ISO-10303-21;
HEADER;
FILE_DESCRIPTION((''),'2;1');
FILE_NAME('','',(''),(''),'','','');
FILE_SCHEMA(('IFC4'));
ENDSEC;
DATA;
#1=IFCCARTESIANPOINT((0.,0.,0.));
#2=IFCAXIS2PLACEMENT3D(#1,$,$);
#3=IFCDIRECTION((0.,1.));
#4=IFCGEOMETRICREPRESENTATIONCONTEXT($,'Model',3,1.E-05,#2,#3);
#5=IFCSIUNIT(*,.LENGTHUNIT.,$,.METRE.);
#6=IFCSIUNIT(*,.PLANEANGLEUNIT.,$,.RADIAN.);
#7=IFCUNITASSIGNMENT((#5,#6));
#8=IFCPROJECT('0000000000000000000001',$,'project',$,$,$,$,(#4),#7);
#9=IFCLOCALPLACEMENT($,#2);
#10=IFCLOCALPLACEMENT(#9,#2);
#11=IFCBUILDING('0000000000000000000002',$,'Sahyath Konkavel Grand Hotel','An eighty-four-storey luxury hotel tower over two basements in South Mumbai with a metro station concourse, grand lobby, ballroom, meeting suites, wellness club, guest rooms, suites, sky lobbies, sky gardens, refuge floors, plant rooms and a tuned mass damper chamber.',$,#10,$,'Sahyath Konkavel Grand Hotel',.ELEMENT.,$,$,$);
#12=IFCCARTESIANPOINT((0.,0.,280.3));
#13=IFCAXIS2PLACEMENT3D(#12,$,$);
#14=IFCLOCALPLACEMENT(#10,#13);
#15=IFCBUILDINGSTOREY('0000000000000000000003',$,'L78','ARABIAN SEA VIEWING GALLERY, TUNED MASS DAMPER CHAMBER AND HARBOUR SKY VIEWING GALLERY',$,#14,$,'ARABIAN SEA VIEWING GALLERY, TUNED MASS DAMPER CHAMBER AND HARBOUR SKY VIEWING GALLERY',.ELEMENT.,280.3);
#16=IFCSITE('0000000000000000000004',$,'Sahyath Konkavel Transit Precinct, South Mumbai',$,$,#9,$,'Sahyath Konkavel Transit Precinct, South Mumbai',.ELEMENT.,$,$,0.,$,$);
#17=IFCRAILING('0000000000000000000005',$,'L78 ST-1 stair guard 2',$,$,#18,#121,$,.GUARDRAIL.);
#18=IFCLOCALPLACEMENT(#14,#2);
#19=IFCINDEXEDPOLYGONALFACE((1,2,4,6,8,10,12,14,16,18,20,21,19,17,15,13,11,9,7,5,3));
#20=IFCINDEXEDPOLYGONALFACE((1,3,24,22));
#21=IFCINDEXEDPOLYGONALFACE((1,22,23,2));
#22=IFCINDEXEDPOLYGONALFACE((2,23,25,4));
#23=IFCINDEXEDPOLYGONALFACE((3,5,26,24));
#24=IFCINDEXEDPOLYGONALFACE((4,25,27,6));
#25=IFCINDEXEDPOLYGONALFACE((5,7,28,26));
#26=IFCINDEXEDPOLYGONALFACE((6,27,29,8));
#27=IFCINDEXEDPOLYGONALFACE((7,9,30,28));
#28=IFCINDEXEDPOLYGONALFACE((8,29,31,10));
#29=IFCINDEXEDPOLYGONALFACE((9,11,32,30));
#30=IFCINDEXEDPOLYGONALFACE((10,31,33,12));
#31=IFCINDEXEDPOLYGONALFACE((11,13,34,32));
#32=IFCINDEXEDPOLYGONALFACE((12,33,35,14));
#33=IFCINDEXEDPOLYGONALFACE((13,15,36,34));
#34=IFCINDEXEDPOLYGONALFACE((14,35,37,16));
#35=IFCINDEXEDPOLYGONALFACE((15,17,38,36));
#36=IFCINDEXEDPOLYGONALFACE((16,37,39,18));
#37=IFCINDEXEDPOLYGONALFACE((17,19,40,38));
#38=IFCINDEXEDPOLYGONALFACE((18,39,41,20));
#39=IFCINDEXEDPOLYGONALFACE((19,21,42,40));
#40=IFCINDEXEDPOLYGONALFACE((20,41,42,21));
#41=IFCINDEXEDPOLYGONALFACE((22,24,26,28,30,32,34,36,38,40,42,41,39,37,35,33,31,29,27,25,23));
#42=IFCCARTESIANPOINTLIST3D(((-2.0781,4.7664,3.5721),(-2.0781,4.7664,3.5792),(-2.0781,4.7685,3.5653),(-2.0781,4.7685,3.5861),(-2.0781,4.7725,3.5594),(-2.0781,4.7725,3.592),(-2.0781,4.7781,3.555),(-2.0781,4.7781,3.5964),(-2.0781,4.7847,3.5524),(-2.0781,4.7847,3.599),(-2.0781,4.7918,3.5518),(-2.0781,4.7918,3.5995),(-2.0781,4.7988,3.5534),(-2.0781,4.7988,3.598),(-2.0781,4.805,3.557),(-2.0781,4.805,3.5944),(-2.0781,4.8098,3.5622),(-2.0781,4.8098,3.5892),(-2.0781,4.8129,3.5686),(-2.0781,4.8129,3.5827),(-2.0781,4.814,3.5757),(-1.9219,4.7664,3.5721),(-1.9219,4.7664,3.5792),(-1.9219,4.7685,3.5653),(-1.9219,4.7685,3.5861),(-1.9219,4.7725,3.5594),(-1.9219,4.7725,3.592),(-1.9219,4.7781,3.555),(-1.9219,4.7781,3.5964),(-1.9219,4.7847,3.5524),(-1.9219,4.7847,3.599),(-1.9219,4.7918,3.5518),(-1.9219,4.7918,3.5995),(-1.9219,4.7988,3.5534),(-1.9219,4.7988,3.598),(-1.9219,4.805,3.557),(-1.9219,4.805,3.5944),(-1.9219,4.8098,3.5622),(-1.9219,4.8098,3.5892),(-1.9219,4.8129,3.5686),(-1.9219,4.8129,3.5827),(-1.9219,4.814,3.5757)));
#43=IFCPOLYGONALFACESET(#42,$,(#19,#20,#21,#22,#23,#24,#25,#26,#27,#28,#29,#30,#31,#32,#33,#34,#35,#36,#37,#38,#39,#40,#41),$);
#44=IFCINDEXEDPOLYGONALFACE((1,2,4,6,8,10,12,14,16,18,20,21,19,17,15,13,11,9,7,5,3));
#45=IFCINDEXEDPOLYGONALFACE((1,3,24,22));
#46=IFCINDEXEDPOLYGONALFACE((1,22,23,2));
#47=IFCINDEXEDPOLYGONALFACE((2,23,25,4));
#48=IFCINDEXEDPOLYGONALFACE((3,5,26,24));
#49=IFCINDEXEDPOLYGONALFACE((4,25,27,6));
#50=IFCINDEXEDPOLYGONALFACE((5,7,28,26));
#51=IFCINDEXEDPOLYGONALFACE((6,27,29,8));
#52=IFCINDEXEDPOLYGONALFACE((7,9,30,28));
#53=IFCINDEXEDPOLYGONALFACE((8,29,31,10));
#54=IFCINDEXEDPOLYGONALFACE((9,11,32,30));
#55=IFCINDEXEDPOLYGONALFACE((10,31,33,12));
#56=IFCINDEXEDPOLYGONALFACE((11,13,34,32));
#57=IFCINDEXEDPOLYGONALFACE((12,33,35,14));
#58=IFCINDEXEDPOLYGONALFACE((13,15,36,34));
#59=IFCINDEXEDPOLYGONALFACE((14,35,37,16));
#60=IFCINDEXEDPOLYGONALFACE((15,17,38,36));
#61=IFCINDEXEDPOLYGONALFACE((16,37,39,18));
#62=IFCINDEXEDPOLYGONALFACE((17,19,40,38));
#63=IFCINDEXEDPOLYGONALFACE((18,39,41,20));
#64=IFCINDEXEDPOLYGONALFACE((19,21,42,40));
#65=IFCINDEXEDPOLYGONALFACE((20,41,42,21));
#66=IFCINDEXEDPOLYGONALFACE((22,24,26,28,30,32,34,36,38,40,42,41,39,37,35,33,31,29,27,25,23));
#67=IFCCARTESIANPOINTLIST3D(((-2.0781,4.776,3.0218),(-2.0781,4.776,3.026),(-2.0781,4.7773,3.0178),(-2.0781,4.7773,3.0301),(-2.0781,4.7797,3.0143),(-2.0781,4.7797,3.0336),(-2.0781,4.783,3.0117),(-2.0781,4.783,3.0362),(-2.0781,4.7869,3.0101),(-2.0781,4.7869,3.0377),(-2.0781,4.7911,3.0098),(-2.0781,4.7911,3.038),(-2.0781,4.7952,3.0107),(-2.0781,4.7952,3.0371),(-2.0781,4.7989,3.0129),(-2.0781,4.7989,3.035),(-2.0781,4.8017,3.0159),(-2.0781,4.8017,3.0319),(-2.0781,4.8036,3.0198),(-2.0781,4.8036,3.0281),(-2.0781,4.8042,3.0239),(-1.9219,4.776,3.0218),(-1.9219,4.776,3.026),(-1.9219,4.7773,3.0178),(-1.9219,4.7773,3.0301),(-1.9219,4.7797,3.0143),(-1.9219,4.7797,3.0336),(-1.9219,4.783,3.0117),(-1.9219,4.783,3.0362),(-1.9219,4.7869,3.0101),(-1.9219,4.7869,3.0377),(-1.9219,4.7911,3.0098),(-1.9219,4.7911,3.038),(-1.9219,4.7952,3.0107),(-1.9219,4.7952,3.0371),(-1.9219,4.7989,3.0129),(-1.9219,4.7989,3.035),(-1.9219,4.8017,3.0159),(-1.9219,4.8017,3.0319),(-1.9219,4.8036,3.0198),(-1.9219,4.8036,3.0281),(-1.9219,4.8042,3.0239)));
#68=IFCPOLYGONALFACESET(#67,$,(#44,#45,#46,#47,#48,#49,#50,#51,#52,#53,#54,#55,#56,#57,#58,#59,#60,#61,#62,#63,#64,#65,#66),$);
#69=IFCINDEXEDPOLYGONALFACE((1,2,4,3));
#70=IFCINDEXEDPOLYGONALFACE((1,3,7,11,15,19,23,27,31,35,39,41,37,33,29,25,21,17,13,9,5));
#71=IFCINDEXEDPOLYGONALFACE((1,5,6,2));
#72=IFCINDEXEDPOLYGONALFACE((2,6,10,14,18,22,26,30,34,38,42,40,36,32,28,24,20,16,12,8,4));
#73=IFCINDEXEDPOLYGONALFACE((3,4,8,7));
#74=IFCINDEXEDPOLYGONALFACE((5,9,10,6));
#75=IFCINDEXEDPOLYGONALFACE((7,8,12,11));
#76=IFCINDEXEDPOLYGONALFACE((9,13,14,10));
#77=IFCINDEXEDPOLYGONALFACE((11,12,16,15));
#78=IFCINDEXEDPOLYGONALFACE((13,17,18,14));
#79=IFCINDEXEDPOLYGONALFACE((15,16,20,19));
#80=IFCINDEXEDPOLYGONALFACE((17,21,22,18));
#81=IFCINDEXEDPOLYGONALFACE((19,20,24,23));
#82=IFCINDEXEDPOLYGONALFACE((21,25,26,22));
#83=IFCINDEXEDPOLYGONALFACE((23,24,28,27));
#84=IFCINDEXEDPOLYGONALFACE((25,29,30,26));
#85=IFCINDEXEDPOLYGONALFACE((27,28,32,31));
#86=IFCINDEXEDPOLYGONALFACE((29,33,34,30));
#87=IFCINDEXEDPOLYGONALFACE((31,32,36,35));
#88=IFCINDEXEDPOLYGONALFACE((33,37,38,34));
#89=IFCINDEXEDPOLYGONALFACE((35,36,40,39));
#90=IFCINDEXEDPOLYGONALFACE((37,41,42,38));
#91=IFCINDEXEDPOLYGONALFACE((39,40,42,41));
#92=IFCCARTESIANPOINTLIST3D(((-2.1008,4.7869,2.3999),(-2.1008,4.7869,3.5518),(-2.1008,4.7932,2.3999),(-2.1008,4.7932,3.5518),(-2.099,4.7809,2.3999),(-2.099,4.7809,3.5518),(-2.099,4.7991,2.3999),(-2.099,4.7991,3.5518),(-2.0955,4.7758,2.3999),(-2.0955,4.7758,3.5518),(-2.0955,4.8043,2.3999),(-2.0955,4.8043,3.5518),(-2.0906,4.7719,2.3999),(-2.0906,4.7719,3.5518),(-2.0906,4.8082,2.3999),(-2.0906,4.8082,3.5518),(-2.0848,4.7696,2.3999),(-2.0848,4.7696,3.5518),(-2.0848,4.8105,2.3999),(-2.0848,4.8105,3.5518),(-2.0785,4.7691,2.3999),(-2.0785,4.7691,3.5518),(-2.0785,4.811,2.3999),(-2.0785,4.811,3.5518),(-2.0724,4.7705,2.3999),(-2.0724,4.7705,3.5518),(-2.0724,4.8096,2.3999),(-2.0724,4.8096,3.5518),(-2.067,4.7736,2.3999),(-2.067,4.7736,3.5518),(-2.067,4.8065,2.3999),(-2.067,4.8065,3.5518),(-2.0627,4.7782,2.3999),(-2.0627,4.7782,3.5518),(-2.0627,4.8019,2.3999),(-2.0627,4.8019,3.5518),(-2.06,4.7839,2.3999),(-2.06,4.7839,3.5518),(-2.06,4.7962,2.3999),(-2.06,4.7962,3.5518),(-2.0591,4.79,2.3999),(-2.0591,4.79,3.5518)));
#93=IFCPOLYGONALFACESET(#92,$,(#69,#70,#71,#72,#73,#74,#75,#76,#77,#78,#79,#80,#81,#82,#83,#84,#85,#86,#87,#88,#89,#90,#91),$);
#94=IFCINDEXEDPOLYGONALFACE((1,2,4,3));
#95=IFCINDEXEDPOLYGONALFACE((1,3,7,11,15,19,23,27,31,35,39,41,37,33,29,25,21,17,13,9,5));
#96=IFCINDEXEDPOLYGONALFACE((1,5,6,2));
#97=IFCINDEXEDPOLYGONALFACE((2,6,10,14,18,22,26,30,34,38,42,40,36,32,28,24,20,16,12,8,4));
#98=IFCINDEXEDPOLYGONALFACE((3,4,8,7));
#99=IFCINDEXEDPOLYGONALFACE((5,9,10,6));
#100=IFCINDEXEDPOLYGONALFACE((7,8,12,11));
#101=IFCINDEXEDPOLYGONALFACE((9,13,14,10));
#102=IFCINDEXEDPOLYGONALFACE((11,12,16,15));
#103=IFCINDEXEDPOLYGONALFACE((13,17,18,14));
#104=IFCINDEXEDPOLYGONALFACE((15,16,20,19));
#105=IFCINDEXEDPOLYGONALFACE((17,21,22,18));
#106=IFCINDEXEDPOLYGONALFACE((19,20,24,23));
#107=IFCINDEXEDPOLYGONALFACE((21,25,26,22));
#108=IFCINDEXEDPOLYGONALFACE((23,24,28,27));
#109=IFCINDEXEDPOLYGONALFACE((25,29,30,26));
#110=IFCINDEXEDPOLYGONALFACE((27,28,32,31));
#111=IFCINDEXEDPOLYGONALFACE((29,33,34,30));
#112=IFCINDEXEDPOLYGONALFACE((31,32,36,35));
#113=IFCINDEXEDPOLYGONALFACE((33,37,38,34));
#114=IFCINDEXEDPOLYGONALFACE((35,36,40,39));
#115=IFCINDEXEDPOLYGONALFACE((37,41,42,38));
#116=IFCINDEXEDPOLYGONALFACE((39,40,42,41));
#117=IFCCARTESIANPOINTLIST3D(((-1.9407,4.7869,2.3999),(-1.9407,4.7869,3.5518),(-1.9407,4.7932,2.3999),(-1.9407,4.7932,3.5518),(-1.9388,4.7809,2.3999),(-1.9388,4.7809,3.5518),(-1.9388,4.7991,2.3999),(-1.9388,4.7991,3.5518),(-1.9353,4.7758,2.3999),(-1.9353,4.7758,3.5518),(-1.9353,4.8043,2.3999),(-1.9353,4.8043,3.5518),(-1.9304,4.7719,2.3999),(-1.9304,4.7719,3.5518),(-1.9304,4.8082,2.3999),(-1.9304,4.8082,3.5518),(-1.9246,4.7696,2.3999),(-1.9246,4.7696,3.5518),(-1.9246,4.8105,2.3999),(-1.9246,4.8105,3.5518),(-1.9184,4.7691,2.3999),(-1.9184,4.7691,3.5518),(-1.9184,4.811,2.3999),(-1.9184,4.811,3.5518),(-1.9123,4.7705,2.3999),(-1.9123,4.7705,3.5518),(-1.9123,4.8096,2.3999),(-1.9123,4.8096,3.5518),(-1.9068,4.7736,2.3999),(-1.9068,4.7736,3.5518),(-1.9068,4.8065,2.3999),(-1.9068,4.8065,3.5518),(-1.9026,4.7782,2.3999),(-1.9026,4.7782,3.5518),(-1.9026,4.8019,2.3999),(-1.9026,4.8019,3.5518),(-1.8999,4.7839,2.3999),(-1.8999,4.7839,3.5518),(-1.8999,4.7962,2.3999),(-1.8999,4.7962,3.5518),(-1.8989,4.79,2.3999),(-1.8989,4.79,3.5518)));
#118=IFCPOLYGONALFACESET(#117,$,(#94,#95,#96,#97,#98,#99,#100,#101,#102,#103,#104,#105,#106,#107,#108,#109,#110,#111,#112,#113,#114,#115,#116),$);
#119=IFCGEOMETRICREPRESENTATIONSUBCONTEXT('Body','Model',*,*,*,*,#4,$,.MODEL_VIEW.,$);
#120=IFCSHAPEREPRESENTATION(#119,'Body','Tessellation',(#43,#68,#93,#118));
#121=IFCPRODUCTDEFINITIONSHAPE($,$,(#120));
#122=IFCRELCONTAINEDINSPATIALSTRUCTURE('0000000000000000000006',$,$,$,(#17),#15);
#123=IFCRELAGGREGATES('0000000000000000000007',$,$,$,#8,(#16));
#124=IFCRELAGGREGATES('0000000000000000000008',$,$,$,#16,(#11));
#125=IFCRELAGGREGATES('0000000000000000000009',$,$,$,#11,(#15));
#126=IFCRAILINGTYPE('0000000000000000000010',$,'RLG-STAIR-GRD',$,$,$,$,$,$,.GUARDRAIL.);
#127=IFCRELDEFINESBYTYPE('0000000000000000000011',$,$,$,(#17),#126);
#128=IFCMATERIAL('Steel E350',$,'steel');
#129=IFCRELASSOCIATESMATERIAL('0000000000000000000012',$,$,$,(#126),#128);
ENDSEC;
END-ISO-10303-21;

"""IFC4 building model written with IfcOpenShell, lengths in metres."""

from ifc_helpers import new_model, si_unit, direction, frame, origin, origin_2d, place, context, subcontext, project, spatial, circle, extrude, material, type_object, element, save


model = new_model("IFC4")

# Units and contexts
model_context = context("Model", 3, precision=1e-05, world=origin(), true_north=direction((0.0, 1.0)))
body_context = subcontext(model_context, "Body", "Model", "MODEL_VIEW")
ifc_project = project(units=[si_unit("LENGTHUNIT", "METRE"), si_unit("PLANEANGLEUNIT", "RADIAN")], contexts=[model_context])

# Site, building, storey
site_placement = place(None, origin())
site = spatial("IfcSite", under=ifc_project, at=site_placement, Name="Sahyath Konkavel Transit Precinct, South Mumbai", LongName="Sahyath Konkavel Transit Precinct, South Mumbai", CompositionType="ELEMENT", RefElevation=0.0)
building_placement = place(site_placement, origin())
building = spatial("IfcBuilding", under=site, at=building_placement, Name="Sahyath Konkavel Grand Hotel", Description="An eighty-four-storey luxury hotel tower over two basements in South Mumbai with a metro station concourse, grand lobby, ballroom, meeting suites, wellness club, guest rooms, suites, sky lobbies, sky gardens, refuge floors, plant rooms and a tuned mass damper chamber.", LongName="Sahyath Konkavel Grand Hotel", CompositionType="ELEMENT")
storey_placement = place(building_placement, frame((0.0, 0.0, 280.3)))
storey = spatial("IfcBuildingStorey", under=building, at=storey_placement, Name="L78", Description="ARABIAN SEA VIEWING GALLERY, TUNED MASS DAMPER CHAMBER AND HARBOUR SKY VIEWING GALLERY", LongName="ARABIAN SEA VIEWING GALLERY, TUNED MASS DAMPER CHAMBER AND HARBOUR SKY VIEWING GALLERY", CompositionType="ELEMENT", Elevation=280.3)

# Shared definitions
ifc_material_1 = material(Name="Steel E350", Category="steel")

# Railing
railing_type_1 = type_object("IfcRailingType", Name="RLG-STAIR-GRD", PredefinedType="GUARDRAIL", material=ifc_material_1)
railing_1_placement = place(storey_placement, frame((-2.0801, 4.79, 2.3999)))
element("IfcRailing", 1, at=railing_1_placement, inside=storey, type_object=railing_type_1, Name="L78 ST-1 stair guard 2", PredefinedType="GUARDRAIL", context=body_context, shape_type="SweptSolid", body=[
    extrude(circle(Radius=0.0239, at=origin_2d()), frame((0.002, 0.0, 1.1758), z_axis=(1.0, 0.0, 0.0), x_axis=(0.0, 1.0, 0.0)), (0.0, 0.0, 1.0), 0.1562),
    extrude(circle(Radius=0.0142, at=origin_2d()), frame((0.002, 0.0, 0.624), z_axis=(1.0, 0.0, 0.0), x_axis=(0.0, 1.0, 0.0)), (0.0, 0.0, 1.0), 0.1562),
    extrude(circle(Radius=0.021, at=origin_2d()), origin(), (0.0, 0.0, 1.0), 1.1519),
    extrude(circle(Radius=0.021, at=origin_2d()), frame((0.1602, 0.0, 0.0)), (0.0, 0.0, 1.0), 1.1519),
])

save(model, "model.ifc")
